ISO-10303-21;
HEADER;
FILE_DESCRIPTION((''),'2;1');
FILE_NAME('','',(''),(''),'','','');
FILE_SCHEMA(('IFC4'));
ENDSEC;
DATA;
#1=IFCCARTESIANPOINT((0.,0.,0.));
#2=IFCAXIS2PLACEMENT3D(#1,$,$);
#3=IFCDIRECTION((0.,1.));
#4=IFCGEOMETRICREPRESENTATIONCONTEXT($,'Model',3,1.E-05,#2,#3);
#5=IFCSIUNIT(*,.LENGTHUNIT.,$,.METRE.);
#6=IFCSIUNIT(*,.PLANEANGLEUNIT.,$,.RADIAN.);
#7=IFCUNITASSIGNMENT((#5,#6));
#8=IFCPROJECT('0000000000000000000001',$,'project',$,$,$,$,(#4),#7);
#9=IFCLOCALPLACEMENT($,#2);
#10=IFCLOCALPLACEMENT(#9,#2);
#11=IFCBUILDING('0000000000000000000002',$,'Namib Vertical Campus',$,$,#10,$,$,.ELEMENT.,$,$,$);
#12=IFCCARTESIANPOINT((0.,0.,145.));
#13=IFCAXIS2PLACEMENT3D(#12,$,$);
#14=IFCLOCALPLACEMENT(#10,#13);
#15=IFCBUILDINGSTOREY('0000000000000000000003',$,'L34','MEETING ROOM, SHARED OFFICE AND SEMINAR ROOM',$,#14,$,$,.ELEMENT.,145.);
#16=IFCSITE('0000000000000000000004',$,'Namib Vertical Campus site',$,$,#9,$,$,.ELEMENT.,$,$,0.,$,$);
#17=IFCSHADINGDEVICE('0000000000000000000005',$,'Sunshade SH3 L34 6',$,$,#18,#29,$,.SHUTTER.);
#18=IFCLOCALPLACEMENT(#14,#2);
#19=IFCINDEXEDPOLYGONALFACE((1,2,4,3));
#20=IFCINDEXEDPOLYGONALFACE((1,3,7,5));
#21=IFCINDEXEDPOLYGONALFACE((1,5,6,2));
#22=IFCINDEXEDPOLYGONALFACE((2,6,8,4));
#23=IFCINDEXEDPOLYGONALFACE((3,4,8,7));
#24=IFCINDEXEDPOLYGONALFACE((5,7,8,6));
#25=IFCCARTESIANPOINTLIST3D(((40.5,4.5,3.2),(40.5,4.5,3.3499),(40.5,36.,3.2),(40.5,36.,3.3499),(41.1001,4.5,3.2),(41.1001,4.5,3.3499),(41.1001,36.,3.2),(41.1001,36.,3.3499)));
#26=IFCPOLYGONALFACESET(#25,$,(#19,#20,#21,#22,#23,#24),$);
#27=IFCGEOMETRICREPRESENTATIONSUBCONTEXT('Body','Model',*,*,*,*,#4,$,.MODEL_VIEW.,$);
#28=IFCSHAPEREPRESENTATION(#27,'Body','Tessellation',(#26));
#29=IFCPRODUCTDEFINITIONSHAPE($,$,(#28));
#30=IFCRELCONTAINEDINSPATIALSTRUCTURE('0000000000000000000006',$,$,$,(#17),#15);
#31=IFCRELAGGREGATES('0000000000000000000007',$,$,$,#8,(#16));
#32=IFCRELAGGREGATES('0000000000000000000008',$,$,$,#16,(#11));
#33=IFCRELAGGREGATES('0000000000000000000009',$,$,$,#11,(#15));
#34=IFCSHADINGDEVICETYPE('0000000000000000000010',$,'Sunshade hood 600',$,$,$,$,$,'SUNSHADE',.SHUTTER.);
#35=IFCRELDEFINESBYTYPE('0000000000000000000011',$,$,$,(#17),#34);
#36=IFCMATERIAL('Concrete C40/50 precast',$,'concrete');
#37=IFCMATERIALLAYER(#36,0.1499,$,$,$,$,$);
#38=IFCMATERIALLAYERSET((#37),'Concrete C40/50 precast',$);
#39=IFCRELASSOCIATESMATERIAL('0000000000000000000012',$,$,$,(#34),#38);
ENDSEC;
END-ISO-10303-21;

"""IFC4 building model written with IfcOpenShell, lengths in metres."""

from ifc_helpers import new_model, si_unit, direction, frame, origin, origin_2d, place, context, subcontext, project, spatial, rectangle, extrude, material, layer, layer_set, type_object, element, save


model = new_model("IFC4")

# Units and contexts
model_context = context("Model", 3, precision=1e-05, world=origin(), true_north=direction((0.0, 1.0)))
body_context = subcontext(model_context, "Body", "Model", "MODEL_VIEW")
ifc_project = project(units=[si_unit("LENGTHUNIT", "METRE"), si_unit("PLANEANGLEUNIT", "RADIAN")], contexts=[model_context])

# Site, building, storey
site_placement = place(None, origin())
site = spatial("IfcSite", under=ifc_project, at=site_placement, Name="Namib Vertical Campus site", CompositionType="ELEMENT", RefElevation=0.0)
building_placement = place(site_placement, origin())
building = spatial("IfcBuilding", under=site, at=building_placement, Name="Namib Vertical Campus", CompositionType="ELEMENT")
storey_placement = place(building_placement, frame((0.0, 0.0, 145.0)))
storey = spatial("IfcBuildingStorey", under=building, at=storey_placement, Name="L34", Description="MEETING ROOM, SHARED OFFICE AND SEMINAR ROOM", CompositionType="ELEMENT", Elevation=145.0)

# Shading device
ifc_material_1 = material(Name="Concrete C40/50 precast", Category="concrete")
ifc_layer_1 = layer(ifc_material_1, 0.1499)
ifc_layer_set_1 = layer_set([ifc_layer_1], Name="Concrete C40/50 precast")
shading_device_type = type_object("IfcShadingDeviceType", Name="Sunshade hood 600", ElementType="SUNSHADE", PredefinedType="SHUTTER", material=ifc_layer_set_1)
shading_device_placement = place(storey_placement, frame((40.8, 20.25, 3.2), z_axis=(0.0, 0.0, 1.0), x_axis=(0.0, 1.0, 0.0)))
element("IfcShadingDevice", 1, at=shading_device_placement, inside=storey, type_object=shading_device_type, Name="Sunshade SH3 L34 6", PredefinedType="SHUTTER", context=body_context, shape_type="SweptSolid", body=[
    extrude(rectangle(XDim=31.5, YDim=0.6001, at=origin_2d()), origin(), (0.0, 0.0, 1.0), 0.1499),
])

save(model, "model.ifc")
